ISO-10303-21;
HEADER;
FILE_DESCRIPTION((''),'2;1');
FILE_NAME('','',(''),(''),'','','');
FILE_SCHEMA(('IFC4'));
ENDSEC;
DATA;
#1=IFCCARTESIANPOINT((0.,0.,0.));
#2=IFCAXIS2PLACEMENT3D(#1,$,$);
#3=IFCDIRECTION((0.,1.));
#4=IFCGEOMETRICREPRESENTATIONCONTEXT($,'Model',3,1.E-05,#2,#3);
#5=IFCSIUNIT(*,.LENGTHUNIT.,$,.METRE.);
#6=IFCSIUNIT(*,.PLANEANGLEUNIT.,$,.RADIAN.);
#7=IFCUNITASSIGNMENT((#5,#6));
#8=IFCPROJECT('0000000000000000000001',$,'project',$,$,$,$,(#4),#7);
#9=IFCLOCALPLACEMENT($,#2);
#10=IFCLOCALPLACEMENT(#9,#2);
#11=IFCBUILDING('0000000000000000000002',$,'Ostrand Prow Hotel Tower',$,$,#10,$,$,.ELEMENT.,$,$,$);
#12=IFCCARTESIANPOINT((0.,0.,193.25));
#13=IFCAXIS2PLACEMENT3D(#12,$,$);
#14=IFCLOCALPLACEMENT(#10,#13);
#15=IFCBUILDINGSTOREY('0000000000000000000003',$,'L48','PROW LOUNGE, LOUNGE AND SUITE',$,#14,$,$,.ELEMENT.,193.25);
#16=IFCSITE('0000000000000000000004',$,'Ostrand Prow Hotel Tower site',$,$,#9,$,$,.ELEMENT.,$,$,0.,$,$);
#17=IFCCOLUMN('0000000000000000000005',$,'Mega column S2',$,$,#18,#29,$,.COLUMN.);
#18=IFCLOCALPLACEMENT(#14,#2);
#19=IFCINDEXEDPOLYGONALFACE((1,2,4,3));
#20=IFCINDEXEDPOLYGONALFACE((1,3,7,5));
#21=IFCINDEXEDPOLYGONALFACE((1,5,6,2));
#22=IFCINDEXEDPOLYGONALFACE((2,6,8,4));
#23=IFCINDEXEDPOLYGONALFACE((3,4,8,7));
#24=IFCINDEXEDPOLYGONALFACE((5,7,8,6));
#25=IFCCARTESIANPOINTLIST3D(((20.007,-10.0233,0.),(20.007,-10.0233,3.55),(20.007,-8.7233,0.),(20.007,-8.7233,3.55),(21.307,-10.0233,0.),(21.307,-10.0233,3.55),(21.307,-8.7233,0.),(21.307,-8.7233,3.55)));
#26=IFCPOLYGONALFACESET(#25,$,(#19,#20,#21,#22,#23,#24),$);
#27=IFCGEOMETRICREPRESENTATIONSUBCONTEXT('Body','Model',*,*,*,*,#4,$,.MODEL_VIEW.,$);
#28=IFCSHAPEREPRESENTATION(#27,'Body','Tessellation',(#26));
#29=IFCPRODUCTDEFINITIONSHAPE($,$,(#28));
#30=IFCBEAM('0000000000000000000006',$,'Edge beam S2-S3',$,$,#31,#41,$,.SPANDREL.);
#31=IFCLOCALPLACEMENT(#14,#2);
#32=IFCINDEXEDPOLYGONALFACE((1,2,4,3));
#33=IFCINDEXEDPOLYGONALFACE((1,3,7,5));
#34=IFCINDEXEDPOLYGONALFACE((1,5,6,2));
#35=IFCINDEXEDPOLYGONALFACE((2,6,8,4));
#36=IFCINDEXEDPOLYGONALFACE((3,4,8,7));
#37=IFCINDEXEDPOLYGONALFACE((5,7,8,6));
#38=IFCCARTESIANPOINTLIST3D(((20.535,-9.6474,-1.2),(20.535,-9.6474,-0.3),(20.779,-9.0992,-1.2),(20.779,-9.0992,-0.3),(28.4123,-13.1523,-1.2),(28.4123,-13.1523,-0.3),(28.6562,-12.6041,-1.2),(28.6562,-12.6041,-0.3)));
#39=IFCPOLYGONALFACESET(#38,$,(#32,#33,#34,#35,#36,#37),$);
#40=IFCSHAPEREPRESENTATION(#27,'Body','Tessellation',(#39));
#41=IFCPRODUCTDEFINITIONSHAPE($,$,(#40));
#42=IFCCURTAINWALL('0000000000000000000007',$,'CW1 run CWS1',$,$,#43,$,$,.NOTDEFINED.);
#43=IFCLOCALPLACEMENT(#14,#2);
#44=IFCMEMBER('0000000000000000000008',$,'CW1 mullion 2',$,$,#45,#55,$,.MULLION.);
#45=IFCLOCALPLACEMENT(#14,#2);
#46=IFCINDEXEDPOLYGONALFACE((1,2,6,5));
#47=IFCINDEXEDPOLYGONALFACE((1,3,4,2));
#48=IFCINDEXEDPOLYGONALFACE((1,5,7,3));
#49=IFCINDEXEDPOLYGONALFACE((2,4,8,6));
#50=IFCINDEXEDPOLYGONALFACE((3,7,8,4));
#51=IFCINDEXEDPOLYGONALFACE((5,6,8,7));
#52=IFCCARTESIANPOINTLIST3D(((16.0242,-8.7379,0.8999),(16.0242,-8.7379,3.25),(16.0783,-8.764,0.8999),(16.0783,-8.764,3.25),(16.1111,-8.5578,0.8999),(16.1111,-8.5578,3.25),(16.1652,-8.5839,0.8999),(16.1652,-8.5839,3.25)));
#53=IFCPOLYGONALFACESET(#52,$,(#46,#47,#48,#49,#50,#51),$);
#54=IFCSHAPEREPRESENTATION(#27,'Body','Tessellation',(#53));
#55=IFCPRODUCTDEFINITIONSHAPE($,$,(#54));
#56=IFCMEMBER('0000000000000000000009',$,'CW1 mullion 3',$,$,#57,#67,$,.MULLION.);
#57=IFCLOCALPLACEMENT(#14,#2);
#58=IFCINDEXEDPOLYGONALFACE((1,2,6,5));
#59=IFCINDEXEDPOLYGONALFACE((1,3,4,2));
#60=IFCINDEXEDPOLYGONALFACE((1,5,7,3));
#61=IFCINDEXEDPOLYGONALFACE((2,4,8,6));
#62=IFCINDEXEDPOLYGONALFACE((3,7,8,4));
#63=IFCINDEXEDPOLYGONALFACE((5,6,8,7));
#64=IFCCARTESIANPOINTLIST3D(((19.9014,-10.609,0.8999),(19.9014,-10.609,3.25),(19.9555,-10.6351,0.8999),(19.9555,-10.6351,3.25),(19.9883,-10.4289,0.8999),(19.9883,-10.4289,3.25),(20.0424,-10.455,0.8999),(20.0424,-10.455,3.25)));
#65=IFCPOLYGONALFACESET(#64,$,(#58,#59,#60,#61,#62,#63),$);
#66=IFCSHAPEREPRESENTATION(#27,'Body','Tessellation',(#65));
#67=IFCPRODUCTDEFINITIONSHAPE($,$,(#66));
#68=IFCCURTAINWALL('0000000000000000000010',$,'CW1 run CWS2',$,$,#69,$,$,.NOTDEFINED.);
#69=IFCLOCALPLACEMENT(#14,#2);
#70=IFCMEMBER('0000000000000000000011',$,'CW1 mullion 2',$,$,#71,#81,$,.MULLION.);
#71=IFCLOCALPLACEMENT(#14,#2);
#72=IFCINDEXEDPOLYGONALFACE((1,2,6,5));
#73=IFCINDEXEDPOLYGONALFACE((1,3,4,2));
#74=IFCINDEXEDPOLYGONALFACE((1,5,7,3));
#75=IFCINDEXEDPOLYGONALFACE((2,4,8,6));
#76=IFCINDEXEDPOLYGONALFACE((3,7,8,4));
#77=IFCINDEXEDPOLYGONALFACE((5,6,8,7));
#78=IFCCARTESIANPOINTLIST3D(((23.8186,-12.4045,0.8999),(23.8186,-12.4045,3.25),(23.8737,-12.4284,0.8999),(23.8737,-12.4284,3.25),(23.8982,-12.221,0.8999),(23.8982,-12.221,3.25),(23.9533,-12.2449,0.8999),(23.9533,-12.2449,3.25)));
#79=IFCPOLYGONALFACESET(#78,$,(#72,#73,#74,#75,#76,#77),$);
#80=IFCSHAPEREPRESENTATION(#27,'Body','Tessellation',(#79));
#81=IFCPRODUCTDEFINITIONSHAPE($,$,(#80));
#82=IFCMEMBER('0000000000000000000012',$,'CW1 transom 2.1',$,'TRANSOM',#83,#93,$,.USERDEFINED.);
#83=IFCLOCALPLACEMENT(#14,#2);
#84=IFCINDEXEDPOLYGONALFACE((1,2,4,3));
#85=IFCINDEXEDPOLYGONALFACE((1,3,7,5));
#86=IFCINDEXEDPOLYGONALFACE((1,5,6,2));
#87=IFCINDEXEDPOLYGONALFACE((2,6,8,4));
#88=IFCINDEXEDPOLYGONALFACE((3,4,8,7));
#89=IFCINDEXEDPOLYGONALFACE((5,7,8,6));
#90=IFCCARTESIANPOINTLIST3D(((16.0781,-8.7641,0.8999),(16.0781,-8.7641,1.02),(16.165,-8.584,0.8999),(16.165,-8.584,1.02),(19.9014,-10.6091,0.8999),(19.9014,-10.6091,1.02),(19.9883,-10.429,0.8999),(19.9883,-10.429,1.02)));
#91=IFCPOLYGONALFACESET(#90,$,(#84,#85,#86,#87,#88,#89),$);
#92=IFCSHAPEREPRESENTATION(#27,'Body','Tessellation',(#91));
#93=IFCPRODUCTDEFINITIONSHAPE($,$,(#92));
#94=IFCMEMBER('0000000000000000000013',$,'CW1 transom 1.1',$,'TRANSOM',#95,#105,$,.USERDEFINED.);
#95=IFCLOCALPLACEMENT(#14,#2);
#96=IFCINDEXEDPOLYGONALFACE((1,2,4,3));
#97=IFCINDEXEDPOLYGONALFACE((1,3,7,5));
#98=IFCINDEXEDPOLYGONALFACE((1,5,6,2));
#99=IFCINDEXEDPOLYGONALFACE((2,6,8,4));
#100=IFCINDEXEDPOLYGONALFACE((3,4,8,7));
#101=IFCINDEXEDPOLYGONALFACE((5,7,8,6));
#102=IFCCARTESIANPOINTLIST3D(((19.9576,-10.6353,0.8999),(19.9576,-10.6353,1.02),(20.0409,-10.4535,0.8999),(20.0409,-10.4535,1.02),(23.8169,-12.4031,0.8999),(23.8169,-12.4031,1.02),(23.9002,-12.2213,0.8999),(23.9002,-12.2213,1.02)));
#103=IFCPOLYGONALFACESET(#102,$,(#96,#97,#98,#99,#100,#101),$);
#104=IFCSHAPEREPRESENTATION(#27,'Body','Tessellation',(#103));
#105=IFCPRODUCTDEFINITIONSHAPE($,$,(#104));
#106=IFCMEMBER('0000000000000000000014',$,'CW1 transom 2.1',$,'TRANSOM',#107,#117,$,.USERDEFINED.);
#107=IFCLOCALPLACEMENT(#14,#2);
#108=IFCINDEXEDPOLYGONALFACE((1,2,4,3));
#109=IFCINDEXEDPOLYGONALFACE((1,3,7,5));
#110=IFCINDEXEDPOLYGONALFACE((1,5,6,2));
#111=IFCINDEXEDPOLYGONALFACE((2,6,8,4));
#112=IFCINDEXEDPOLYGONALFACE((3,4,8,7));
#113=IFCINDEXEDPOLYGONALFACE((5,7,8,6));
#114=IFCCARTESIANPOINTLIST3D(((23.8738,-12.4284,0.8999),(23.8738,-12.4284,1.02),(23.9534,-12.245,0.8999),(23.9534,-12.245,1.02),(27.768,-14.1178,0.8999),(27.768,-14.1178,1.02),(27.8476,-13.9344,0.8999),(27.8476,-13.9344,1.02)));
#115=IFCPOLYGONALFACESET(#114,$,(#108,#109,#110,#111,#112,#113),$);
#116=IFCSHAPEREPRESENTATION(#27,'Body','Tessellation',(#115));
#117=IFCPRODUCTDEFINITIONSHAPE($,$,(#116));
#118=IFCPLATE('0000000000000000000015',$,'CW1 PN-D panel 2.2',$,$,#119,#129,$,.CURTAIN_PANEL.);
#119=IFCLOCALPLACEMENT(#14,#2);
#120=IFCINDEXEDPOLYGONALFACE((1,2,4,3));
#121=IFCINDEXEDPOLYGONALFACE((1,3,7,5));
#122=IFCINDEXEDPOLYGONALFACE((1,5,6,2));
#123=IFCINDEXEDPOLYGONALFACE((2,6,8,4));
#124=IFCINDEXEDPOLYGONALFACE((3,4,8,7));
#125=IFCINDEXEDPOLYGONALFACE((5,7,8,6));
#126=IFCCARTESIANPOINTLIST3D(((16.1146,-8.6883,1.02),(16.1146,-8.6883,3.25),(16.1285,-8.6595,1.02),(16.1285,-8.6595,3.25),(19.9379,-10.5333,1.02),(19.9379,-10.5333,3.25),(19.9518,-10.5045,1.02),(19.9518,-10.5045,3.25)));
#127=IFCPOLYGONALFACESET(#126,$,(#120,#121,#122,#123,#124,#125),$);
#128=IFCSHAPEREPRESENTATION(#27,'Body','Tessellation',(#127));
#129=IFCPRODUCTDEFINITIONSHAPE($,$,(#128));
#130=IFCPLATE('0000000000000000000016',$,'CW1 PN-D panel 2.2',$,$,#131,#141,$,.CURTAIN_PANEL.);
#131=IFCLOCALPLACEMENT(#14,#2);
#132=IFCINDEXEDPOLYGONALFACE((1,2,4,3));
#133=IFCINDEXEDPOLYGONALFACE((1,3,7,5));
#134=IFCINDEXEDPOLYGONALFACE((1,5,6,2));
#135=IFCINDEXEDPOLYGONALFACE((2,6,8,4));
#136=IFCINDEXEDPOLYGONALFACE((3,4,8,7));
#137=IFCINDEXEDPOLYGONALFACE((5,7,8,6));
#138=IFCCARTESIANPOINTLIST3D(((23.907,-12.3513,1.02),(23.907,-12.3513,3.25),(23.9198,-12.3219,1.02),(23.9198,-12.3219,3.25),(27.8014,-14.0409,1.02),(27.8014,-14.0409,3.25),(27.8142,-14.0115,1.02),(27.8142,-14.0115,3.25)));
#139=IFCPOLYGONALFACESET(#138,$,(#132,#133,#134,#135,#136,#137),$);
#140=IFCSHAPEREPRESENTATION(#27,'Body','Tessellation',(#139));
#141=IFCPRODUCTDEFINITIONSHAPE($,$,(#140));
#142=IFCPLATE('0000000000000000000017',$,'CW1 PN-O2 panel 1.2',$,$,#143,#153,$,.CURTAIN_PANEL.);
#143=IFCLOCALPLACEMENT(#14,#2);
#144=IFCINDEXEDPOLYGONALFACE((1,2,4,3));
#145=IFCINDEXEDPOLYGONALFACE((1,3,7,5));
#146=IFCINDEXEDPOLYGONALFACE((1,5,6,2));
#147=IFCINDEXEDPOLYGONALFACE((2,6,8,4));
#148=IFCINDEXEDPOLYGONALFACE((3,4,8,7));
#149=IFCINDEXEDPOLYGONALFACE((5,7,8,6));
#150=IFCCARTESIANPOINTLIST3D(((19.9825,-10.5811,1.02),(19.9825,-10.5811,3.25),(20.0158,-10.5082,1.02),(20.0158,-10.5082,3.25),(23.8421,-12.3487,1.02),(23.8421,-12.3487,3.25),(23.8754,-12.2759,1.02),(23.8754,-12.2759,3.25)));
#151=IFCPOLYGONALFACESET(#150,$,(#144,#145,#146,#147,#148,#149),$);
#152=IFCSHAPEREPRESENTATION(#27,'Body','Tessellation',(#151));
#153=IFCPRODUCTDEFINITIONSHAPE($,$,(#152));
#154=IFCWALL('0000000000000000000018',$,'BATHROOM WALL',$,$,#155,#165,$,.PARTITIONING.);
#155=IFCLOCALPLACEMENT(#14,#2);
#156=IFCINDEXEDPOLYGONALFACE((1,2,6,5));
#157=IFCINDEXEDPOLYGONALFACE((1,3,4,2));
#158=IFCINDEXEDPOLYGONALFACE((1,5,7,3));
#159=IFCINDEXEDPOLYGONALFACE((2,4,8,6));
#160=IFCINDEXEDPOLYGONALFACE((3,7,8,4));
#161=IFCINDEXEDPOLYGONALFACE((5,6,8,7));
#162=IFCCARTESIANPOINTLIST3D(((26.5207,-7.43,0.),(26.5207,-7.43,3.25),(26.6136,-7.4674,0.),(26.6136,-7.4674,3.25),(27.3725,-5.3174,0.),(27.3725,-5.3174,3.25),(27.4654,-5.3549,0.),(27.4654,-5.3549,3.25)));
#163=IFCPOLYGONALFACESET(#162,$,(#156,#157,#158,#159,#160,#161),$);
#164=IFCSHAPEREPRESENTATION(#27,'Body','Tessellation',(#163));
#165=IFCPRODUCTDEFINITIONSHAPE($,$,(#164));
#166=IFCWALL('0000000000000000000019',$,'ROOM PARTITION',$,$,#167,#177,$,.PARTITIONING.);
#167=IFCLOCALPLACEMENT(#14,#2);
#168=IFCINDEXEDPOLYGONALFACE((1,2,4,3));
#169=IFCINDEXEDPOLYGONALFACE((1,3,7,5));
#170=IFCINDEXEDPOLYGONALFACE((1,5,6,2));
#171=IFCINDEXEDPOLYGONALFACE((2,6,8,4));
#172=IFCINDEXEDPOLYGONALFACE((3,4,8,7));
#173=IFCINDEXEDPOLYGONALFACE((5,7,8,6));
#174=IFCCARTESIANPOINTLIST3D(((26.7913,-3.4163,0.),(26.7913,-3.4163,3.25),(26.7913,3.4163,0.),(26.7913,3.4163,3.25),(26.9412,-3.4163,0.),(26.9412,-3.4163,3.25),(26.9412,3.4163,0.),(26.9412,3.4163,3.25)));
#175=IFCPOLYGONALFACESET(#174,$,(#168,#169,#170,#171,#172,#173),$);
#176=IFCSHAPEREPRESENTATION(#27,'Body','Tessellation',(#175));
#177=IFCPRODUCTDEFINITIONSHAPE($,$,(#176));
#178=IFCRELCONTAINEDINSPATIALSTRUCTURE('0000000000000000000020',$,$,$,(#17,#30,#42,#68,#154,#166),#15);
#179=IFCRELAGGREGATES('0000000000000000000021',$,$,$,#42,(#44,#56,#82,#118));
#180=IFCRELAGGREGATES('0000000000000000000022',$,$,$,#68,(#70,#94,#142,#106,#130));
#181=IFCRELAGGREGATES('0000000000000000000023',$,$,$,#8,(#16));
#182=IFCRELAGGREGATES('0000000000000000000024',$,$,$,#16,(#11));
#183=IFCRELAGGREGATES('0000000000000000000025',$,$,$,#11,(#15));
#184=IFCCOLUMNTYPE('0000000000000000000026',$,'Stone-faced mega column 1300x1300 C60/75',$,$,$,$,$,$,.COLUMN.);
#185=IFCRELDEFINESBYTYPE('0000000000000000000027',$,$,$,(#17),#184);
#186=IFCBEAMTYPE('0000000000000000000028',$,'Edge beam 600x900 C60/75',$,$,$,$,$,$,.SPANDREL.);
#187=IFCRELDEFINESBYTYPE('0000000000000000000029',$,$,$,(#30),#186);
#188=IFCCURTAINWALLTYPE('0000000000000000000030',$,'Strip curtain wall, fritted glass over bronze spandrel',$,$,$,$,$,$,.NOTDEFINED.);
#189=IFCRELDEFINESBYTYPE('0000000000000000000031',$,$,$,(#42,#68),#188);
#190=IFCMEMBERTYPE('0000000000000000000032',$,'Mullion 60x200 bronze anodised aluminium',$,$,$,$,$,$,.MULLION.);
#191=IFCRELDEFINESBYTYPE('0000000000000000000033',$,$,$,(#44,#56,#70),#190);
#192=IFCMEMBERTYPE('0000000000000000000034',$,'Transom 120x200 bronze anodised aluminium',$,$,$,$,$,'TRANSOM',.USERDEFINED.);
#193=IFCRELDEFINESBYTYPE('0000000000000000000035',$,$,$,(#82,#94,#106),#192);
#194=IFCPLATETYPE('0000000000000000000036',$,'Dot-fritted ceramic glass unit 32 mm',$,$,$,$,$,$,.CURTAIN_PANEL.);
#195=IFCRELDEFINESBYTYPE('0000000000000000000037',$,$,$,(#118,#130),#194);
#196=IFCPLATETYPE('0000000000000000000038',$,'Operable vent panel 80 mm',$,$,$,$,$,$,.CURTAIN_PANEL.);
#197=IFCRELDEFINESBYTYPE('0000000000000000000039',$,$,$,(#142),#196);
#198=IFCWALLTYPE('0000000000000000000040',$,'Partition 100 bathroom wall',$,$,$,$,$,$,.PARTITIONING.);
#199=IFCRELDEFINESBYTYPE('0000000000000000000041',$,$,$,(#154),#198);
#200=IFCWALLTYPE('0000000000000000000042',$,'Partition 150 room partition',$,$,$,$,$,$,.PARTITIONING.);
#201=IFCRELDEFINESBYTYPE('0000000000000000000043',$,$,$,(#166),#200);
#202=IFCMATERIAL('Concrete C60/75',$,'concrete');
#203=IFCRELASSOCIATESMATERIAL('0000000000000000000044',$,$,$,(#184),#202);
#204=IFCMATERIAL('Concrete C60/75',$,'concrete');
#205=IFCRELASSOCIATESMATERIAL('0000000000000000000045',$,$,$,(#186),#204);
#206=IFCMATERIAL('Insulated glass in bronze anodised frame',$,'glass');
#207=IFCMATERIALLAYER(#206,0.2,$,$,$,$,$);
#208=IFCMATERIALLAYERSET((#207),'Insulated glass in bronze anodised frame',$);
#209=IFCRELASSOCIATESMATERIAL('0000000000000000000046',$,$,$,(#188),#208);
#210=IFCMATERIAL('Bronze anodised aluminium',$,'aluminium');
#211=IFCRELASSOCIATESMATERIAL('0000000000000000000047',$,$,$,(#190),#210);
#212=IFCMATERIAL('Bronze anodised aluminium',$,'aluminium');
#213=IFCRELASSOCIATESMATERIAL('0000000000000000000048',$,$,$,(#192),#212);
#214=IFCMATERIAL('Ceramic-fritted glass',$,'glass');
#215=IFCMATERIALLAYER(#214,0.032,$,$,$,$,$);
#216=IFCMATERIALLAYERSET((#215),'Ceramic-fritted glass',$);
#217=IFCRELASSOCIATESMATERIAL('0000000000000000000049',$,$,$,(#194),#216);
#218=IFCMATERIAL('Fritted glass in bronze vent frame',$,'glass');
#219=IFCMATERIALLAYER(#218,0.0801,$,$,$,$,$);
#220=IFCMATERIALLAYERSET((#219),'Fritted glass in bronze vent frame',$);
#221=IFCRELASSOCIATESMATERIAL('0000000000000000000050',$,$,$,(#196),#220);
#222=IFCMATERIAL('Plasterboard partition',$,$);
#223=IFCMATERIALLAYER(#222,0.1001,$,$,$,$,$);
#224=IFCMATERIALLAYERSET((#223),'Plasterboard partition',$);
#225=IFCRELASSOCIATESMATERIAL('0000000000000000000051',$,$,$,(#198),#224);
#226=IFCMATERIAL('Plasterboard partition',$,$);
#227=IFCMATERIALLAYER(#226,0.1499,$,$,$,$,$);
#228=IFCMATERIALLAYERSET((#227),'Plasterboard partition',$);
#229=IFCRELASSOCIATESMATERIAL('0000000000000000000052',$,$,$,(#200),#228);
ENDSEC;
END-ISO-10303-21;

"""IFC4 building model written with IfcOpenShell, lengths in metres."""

from ifc_helpers import new_model, si_unit, direction, frame, frame_2d, origin, origin_2d, place, context, subcontext, project, spatial, rectangle, extrude, material, layer, layer_set, material_profile, profile_set, type_object, element, aggregate, save


model = new_model("IFC4")

# Units and contexts
model_context = context("Model", 3, precision=1e-05, world=origin(), true_north=direction((0.0, 1.0)))
body_context = subcontext(model_context, "Body", "Model", "MODEL_VIEW")
ifc_project = project(units=[si_unit("LENGTHUNIT", "METRE"), si_unit("PLANEANGLEUNIT", "RADIAN")], contexts=[model_context])

# Site, building, storey
site_placement = place(None, origin())
site = spatial("IfcSite", under=ifc_project, at=site_placement, Name="Ostrand Prow Hotel Tower site", CompositionType="ELEMENT", RefElevation=0.0)
building_placement = place(site_placement, origin())
building = spatial("IfcBuilding", under=site, at=building_placement, Name="Ostrand Prow Hotel Tower", CompositionType="ELEMENT")
storey_placement = place(building_placement, frame((0.0, 0.0, 193.25)))
storey = spatial("IfcBuildingStorey", under=building, at=storey_placement, Name="L48", Description="PROW LOUNGE, LOUNGE AND SUITE", CompositionType="ELEMENT", Elevation=193.25)

# Column
ifc_material_1 = material(Name="Concrete C60/75", Category="concrete")
ifc_material_profile_1 = material_profile(ifc_material_1, rectangle(XDim=1.3, YDim=1.3, at=origin_2d()), Name="RC 1300x1300")
ifc_profile_set_1 = profile_set([ifc_material_profile_1], Name="Concrete C60/75")
column_type = type_object("IfcColumnType", Name="Stone-faced mega column 1300x1300 C60/75", PredefinedType="COLUMN", material=ifc_profile_set_1)
column_placement = place(storey_placement, frame((20.657, -9.3733, 0.0), z_axis=(0.0, 0.0, 1.0), x_axis=(1.0, 0.0, 0.0)))
element("IfcColumn", 1, at=column_placement, inside=storey, type_object=column_type, Name="Mega column S2", PredefinedType="COLUMN", context=body_context, shape_type="SweptSolid", body=[
    extrude(rectangle(XDim=1.3, YDim=1.3, at=origin_2d()), origin(), (0.0, 0.0, 1.0), 3.55),
])

# Beam
ifc_material_2 = material(Name="Concrete C60/75", Category="concrete")
ifc_material_profile_2 = material_profile(ifc_material_2, rectangle(XDim=0.6001, YDim=0.8999, at=origin_2d()), Name="RC 600x900")
ifc_profile_set_2 = profile_set([ifc_material_profile_2], Name="Concrete C60/75")
beam_type = type_object("IfcBeamType", Name="Edge beam 600x900 C60/75", PredefinedType="SPANDREL", material=ifc_profile_set_2)
beam_placement = place(storey_placement, frame((20.657, -9.3733, -0.75), z_axis=(0.913643, -0.406517, 0.0), x_axis=(0.406517, 0.913643, 0.0)))
element("IfcBeam", 2, at=beam_placement, inside=storey, type_object=beam_type, Name="Edge beam S2-S3", PredefinedType="SPANDREL", context=body_context, shape_type="SweptSolid", body=[
    extrude(rectangle(XDim=0.6001, YDim=0.8999, at=origin_2d()), origin(), (0.0, 0.0, 1.0), 8.6218),
])

# Curtain wall, members
ifc_material_3 = material(Name="Insulated glass in bronze anodised frame", Category="glass")
ifc_layer_1 = layer(ifc_material_3, 0.2)
ifc_layer_set_1 = layer_set([ifc_layer_1], Name="Insulated glass in bronze anodised frame")
curtain_wall_type = type_object("IfcCurtainWallType", Name="Strip curtain wall, fritted glass over bronze spandrel", PredefinedType="NOTDEFINED", material=ifc_layer_set_1)
curtain_wall_1_placement = place(storey_placement, origin())
curtain_wall_1 = element("IfcCurtainWall", 3, at=curtain_wall_1_placement, inside=storey, type_object=curtain_wall_type, Name="CW1 run CWS1", PredefinedType="NOTDEFINED")
ifc_material_4 = material(Name="Bronze anodised aluminium", Category="aluminium")
ifc_material_profile_3 = material_profile(ifc_material_4, rectangle(XDim=0.2, YDim=0.0601, at=origin_2d()), Name="Mullion 60x200 bronze anodised aluminium")
ifc_profile_set_3 = profile_set([ifc_material_profile_3], Name="Bronze anodised aluminium")
member_type_1 = type_object("IfcMemberType", Name="Mullion 60x200 bronze anodised aluminium", PredefinedType="MULLION", material=ifc_profile_set_3)
member_1_placement = place(storey_placement, frame((16.0947, -8.6609, 0.8999), z_axis=(0.0, 0.0, 1.0), x_axis=(0.434615, 0.900616, 0.0)))
member_1 = element("IfcMember", 4, at=member_1_placement, type_object=member_type_1, Name="CW1 mullion 2", PredefinedType="MULLION", context=body_context, shape_type="SweptSolid", body=[
    extrude(rectangle(XDim=0.2, YDim=0.0601, at=origin_2d()), origin(), (0.0, 0.0, 1.0), 2.3501),
])
member_2_placement = place(storey_placement, frame((19.9719, -10.532, 0.8999), z_axis=(0.0, 0.0, 1.0), x_axis=(0.434615, 0.900616, 0.0)))
member_2 = element("IfcMember", 5, at=member_2_placement, type_object=member_type_1, Name="CW1 mullion 3", PredefinedType="MULLION", context=body_context, shape_type="SweptSolid", body=[
    extrude(rectangle(XDim=0.2, YDim=0.0601, at=origin_2d()), origin(), (0.0, 0.0, 1.0), 2.3501),
])

# Curtain wall, member
curtain_wall_2_placement = place(storey_placement, origin())
curtain_wall_2 = element("IfcCurtainWall", 6, at=curtain_wall_2_placement, inside=storey, type_object=curtain_wall_type, Name="CW1 run CWS2", PredefinedType="NOTDEFINED")
member_3_placement = place(storey_placement, frame((23.886, -12.3247, 0.8999), z_axis=(0.0, 0.0, 1.0), x_axis=(0.398005, 0.917383, 0.0)))
member_3 = element("IfcMember", 7, at=member_3_placement, type_object=member_type_1, Name="CW1 mullion 2", PredefinedType="MULLION", context=body_context, shape_type="SweptSolid", body=[
    extrude(rectangle(XDim=0.2, YDim=0.0601, at=origin_2d()), origin(), (0.0, 0.0, 1.0), 2.3501),
])

# Members
ifc_material_5 = material(Name="Bronze anodised aluminium", Category="aluminium")
ifc_material_profile_4 = material_profile(ifc_material_5, rectangle(XDim=0.2, YDim=0.1201, at=origin_2d()), Name="Transom 120x200 bronze anodised aluminium")
ifc_profile_set_4 = profile_set([ifc_material_profile_4], Name="Bronze anodised aluminium")
member_type_2 = type_object("IfcMemberType", Name="Transom 120x200 bronze anodised aluminium", ElementType="TRANSOM", PredefinedType="USERDEFINED", material=ifc_profile_set_4)
member_4_placement = place(storey_placement, frame((16.1216, -8.6741, 0.96), z_axis=(0.900619, -0.434609, 0.0), x_axis=(0.434609, 0.900619, 0.0)))
member_4 = element("IfcMember", 8, at=member_4_placement, type_object=member_type_2, Name="CW1 transom 2.1", ObjectType="TRANSOM", PredefinedType="USERDEFINED", context=body_context, shape_type="SweptSolid", body=[
    extrude(rectangle(XDim=0.2, YDim=0.1201, at=origin_2d()), origin(), (0.0, 0.0, 1.0), 4.2451),
])
member_5_placement = place(storey_placement, frame((19.9993, -10.5444, 0.96), z_axis=(0.909159, -0.416449, 0.0), x_axis=(0.416449, 0.909159, 0.0)))
member_5 = element("IfcMember", 9, at=member_5_placement, type_object=member_type_2, Name="CW1 transom 1.1", ObjectType="TRANSOM", PredefinedType="USERDEFINED", context=body_context, shape_type="SweptSolid", body=[
    extrude(rectangle(XDim=0.2, YDim=0.1201, at=origin_2d()), origin(), (0.0, 0.0, 1.0), 4.2449),
])
member_6_placement = place(storey_placement, frame((23.9136, -12.3367, 0.96), z_axis=(0.91739, -0.39799, 0.0), x_axis=(0.39799, 0.91739, 0.0)))
member_6 = element("IfcMember", 10, at=member_6_placement, type_object=member_type_2, Name="CW1 transom 2.1", ObjectType="TRANSOM", PredefinedType="USERDEFINED", context=body_context, shape_type="SweptSolid", body=[
    extrude(rectangle(XDim=0.2, YDim=0.1201, at=origin_2d()), origin(), (0.0, 0.0, 1.0), 4.2449),
])

# Plates
ifc_material_6 = material(Name="Ceramic-fritted glass", Category="glass")
ifc_layer_2 = layer(ifc_material_6, 0.032)
ifc_layer_set_2 = layer_set([ifc_layer_2], Name="Ceramic-fritted glass")
plate_type_1 = type_object("IfcPlateType", Name="Dot-fritted ceramic glass unit 32 mm", PredefinedType="CURTAIN_PANEL", material=ifc_layer_set_2)
plate_1_placement = place(storey_placement, frame((18.0332, -9.5964, 1.02), z_axis=(0.0, 0.0, 1.0), x_axis=(0.900616, -0.434615, 0.0)))
plate_1 = element("IfcPlate", 11, at=plate_1_placement, type_object=plate_type_1, Name="CW1 PN-D panel 2.2", PredefinedType="CURTAIN_PANEL", context=body_context, shape_type="SweptSolid", body=[
    extrude(rectangle(XDim=4.2451, YDim=0.032, at=origin_2d()), origin(), (0.0, 0.0, 1.0), 2.23),
])
aggregate(curtain_wall_1, [member_1, member_2, member_4, plate_1])
plate_2_placement = place(storey_placement, frame((25.8606, -13.1814, 1.02), z_axis=(0.0, 0.0, 1.0), x_axis=(0.917383, -0.398005, 0.0)))
plate_2 = element("IfcPlate", 12, at=plate_2_placement, type_object=plate_type_1, Name="CW1 PN-D panel 2.2", PredefinedType="CURTAIN_PANEL", context=body_context, shape_type="SweptSolid", body=[
    extrude(rectangle(XDim=4.2451, YDim=0.032, at=origin_2d()), origin(), (0.0, 0.0, 1.0), 2.23),
])
ifc_material_7 = material(Name="Fritted glass in bronze vent frame", Category="glass")
ifc_layer_3 = layer(ifc_material_7, 0.0801)
ifc_layer_set_3 = layer_set([ifc_layer_3], Name="Fritted glass in bronze vent frame")
plate_type_2 = type_object("IfcPlateType", Name="Operable vent panel 80 mm", PredefinedType="CURTAIN_PANEL", material=ifc_layer_set_3)
plate_3_placement = place(storey_placement, frame((21.929, -11.4285, 1.02), z_axis=(0.0, 0.0, 1.0), x_axis=(0.909185, -0.416393, 0.0)))
plate_3 = element("IfcPlate", 13, at=plate_3_placement, type_object=plate_type_2, Name="CW1 PN-O2 panel 1.2", PredefinedType="CURTAIN_PANEL", context=body_context, shape_type="SweptSolid", body=[
    extrude(rectangle(XDim=4.2451, YDim=0.0801, at=origin_2d()), origin(), (0.0, 0.0, 1.0), 2.23),
])
aggregate(curtain_wall_2, [member_3, member_5, plate_3, member_6, plate_2])

# Walls
ifc_material_8 = material(Name="Plasterboard partition")
ifc_layer_4 = layer(ifc_material_8, 0.1001)
ifc_layer_set_4 = layer_set([ifc_layer_4], Name="Plasterboard partition")
wall_type_1 = type_object("IfcWallType", Name="Partition 100 bathroom wall", PredefinedType="PARTITIONING", material=ifc_layer_set_4)
wall_1_placement = place(storey_placement, frame((26.5671, -7.4487, 0.0), z_axis=(0.0, 0.0, 1.0), x_axis=(0.373958, 0.927446, 0.0)))
element("IfcWall", 14, at=wall_1_placement, inside=storey, type_object=wall_type_1, Name="BATHROOM WALL", PredefinedType="PARTITIONING", context=body_context, shape_type="SweptSolid", body=[
    extrude(rectangle(XDim=2.2778, YDim=0.1001, at=frame_2d((1.1389, 0.0))), origin(), (0.0, 0.0, 1.0), 3.25),
])
ifc_material_9 = material(Name="Plasterboard partition")
ifc_layer_5 = layer(ifc_material_9, 0.1499)
ifc_layer_set_5 = layer_set([ifc_layer_5], Name="Plasterboard partition")
wall_type_2 = type_object("IfcWallType", Name="Partition 150 room partition", PredefinedType="PARTITIONING", material=ifc_layer_set_5)
wall_2_placement = place(storey_placement, frame((26.8662, -3.4163, 0.0), z_axis=(0.0, 0.0, 1.0), x_axis=(0.0, 1.0, 0.0)))
element("IfcWall", 15, at=wall_2_placement, inside=storey, type_object=wall_type_2, Name="ROOM PARTITION", PredefinedType="PARTITIONING", context=body_context, shape_type="SweptSolid", body=[
    extrude(rectangle(XDim=6.8325, YDim=0.1499, at=frame_2d((3.4163, 0.0))), origin(), (0.0, 0.0, 1.0), 3.25),
])

save(model, "model.ifc")
